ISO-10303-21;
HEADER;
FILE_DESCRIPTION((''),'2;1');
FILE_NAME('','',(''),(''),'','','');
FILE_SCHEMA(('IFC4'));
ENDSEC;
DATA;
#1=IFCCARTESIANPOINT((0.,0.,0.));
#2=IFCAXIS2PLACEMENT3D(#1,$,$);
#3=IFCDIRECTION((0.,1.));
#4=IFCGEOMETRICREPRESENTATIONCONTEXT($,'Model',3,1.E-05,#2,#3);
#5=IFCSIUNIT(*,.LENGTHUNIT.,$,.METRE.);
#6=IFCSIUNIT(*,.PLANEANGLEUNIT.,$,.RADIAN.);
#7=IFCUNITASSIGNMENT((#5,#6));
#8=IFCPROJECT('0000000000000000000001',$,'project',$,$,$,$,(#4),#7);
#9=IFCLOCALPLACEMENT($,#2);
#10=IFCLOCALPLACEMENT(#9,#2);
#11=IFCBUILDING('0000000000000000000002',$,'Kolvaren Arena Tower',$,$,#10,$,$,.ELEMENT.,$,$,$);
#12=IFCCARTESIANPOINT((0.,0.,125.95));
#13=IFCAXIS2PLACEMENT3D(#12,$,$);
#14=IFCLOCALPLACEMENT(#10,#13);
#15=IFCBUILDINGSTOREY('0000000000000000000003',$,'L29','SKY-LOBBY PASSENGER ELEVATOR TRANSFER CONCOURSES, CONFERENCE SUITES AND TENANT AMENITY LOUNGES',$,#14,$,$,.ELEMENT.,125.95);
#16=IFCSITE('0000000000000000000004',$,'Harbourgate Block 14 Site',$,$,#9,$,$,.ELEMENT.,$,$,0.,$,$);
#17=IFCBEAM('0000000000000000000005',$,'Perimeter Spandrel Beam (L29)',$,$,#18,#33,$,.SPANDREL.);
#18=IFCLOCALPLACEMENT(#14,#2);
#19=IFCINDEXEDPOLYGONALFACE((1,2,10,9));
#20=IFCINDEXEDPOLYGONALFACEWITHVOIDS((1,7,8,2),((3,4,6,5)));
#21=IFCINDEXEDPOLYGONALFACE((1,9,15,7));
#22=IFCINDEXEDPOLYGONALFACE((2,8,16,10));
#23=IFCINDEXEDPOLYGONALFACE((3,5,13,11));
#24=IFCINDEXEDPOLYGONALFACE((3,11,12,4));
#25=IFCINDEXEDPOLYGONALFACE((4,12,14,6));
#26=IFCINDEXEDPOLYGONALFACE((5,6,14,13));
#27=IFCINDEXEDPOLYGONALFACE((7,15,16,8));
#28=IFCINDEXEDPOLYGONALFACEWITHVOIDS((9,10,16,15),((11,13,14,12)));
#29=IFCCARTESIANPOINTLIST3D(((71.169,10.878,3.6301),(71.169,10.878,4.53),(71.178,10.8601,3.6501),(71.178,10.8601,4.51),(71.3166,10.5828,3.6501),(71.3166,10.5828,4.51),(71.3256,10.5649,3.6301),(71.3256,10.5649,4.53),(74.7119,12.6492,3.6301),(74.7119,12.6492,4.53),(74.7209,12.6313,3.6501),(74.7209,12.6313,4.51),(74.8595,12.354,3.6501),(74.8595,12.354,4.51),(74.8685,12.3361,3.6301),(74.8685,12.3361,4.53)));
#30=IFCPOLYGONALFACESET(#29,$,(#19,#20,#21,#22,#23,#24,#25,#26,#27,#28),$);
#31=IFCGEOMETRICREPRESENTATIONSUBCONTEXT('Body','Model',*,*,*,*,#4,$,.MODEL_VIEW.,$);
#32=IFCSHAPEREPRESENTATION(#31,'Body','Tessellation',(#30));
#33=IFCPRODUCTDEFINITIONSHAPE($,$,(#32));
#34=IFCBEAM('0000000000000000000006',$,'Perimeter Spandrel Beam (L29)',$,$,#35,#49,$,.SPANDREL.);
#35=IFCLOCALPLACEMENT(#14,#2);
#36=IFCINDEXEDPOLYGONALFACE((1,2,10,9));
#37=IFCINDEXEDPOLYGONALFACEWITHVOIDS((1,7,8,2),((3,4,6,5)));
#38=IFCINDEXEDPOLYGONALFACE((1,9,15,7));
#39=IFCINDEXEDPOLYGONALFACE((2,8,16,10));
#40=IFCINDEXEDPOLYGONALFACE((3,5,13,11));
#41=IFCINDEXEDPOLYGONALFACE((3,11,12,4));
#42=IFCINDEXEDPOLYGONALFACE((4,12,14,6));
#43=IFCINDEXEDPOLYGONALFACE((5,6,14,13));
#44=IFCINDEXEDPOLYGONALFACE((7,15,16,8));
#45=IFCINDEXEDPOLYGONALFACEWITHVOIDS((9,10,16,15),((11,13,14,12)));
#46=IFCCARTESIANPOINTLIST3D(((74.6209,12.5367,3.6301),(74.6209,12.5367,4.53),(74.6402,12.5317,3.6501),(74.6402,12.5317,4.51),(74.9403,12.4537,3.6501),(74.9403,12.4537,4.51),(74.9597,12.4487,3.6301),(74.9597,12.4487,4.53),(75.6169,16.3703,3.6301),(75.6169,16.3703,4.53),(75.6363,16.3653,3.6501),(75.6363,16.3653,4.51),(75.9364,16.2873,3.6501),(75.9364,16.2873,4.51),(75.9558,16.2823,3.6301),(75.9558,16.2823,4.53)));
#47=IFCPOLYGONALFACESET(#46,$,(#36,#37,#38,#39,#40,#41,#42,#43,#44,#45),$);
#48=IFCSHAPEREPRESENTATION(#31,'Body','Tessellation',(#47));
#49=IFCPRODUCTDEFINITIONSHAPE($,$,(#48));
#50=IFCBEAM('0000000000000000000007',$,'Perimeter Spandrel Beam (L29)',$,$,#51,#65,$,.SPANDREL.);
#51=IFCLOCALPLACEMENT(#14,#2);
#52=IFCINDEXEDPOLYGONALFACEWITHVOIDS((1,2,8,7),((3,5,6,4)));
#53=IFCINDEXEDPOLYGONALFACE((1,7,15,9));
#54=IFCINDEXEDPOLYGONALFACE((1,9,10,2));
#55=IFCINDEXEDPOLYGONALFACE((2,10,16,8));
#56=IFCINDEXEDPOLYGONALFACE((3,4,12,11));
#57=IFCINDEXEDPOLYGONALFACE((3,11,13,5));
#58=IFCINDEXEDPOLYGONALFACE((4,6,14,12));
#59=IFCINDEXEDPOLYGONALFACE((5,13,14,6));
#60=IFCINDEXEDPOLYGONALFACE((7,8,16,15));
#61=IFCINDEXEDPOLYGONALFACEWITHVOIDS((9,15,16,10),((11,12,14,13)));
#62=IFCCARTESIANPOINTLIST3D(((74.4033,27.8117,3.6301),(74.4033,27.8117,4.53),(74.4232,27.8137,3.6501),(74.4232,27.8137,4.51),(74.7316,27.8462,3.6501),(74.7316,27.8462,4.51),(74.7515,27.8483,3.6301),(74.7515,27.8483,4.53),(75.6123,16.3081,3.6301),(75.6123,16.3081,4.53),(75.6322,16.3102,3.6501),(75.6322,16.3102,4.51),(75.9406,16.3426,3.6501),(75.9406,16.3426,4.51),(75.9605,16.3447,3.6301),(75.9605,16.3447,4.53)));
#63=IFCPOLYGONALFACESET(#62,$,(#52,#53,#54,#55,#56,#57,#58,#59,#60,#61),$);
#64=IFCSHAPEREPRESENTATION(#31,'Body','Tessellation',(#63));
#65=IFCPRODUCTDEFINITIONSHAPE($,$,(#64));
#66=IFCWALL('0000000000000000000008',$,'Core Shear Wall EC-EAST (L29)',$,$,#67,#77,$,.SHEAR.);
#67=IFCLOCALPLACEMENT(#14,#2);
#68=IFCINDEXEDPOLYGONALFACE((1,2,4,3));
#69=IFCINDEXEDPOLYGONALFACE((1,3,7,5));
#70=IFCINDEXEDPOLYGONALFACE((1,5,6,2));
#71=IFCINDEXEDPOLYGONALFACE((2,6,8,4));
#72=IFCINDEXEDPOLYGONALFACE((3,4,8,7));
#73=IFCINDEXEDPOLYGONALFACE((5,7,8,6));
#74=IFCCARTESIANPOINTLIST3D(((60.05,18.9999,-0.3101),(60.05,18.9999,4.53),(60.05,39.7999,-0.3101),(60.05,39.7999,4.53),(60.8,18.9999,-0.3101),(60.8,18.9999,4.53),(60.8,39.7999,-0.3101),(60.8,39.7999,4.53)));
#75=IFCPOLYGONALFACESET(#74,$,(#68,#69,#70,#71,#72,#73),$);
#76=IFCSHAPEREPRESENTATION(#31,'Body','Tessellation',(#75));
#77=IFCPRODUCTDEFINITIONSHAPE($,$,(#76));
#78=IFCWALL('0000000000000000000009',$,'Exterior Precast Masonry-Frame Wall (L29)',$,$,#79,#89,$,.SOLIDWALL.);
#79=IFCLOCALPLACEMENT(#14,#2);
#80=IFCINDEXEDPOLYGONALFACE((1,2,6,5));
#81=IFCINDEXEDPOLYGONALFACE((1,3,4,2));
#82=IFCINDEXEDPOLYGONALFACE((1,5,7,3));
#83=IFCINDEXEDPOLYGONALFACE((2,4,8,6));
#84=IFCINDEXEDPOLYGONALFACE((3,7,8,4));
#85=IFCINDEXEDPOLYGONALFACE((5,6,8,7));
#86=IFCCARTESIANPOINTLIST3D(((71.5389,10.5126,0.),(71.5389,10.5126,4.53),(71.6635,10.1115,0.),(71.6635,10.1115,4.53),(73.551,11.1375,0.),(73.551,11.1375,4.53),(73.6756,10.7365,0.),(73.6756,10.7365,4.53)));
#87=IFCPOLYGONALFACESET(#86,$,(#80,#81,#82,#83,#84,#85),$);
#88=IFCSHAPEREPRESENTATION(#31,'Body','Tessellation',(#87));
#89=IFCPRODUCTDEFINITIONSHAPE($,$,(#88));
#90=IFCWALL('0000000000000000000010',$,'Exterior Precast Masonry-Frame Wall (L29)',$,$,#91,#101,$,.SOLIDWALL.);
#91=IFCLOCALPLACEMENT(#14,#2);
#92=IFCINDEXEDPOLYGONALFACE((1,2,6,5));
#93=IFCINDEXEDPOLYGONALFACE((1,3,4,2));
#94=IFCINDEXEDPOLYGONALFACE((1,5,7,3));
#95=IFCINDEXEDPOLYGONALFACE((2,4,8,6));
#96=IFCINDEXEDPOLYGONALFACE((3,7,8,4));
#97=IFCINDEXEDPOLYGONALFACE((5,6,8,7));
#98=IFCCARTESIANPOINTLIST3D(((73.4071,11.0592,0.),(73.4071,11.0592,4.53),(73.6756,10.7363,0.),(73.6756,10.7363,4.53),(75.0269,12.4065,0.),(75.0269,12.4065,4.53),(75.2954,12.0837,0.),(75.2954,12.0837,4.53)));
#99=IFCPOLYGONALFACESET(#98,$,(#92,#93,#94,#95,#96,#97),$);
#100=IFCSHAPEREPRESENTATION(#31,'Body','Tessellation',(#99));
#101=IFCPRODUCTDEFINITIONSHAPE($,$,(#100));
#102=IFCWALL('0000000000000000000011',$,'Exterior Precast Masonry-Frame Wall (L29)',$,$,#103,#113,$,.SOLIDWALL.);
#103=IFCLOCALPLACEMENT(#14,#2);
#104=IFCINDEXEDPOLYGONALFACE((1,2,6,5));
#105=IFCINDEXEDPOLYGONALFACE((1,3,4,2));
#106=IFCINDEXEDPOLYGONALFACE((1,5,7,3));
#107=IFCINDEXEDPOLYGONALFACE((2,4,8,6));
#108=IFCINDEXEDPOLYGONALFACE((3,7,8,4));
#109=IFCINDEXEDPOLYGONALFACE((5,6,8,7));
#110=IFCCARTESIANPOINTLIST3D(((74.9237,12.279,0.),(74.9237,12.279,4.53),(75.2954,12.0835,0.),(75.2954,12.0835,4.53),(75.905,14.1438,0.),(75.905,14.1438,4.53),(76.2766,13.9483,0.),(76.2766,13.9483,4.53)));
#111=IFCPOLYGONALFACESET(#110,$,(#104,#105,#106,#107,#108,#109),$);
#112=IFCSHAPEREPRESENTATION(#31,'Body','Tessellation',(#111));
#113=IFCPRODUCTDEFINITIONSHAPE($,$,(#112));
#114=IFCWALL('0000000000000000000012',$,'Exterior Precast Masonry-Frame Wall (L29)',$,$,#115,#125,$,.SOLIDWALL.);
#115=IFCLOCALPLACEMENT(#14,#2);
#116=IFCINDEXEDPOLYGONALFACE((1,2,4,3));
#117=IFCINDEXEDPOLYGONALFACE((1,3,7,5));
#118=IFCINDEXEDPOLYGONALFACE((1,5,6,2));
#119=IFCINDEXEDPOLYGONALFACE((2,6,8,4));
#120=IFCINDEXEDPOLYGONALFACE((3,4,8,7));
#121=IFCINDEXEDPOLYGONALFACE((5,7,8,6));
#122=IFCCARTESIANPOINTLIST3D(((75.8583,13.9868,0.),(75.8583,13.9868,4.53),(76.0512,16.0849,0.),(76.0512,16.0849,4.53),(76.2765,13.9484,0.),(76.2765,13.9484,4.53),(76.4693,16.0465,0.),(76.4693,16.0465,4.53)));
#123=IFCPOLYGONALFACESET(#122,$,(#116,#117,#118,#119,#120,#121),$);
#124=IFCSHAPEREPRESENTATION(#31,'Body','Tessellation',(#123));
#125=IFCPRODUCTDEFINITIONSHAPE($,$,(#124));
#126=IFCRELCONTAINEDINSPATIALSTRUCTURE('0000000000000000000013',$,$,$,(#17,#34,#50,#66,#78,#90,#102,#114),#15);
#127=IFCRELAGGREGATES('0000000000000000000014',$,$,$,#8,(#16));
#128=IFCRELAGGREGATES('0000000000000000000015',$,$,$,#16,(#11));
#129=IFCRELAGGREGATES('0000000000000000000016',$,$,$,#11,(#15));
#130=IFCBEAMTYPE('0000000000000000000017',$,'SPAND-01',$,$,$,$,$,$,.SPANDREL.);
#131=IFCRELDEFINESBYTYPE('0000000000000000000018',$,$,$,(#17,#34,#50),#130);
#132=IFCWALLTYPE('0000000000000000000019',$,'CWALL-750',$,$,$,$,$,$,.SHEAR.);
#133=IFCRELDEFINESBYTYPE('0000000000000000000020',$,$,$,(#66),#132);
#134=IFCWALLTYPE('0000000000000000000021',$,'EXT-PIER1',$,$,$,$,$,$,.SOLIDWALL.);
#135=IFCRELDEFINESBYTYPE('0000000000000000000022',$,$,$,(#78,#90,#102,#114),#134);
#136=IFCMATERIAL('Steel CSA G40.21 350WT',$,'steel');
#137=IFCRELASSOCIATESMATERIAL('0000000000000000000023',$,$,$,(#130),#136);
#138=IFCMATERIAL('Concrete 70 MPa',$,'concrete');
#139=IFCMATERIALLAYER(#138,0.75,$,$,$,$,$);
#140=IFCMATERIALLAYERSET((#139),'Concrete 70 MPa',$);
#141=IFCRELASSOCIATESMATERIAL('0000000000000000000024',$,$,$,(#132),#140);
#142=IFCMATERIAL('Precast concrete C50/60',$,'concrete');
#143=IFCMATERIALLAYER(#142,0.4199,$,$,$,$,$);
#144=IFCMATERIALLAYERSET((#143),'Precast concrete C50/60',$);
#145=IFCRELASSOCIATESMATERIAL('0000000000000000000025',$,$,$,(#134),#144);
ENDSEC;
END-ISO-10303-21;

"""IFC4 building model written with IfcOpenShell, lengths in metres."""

from ifc_helpers import new_model, si_unit, direction, frame, frame_2d, origin, origin_2d, place, context, subcontext, project, spatial, rectangle, hollow_rectangle, extrude, material, layer, layer_set, material_profile, profile_set, type_object, element, save


model = new_model("IFC4")

# Units and contexts
model_context = context("Model", 3, precision=1e-05, world=origin(), true_north=direction((0.0, 1.0)))
body_context = subcontext(model_context, "Body", "Model", "MODEL_VIEW")
ifc_project = project(units=[si_unit("LENGTHUNIT", "METRE"), si_unit("PLANEANGLEUNIT", "RADIAN")], contexts=[model_context])

# Site, building, storey
site_placement = place(None, origin())
site = spatial("IfcSite", under=ifc_project, at=site_placement, Name="Harbourgate Block 14 Site", CompositionType="ELEMENT", RefElevation=0.0)
building_placement = place(site_placement, origin())
building = spatial("IfcBuilding", under=site, at=building_placement, Name="Kolvaren Arena Tower", CompositionType="ELEMENT")
storey_placement = place(building_placement, frame((0.0, 0.0, 125.95)))
storey = spatial("IfcBuildingStorey", under=building, at=storey_placement, Name="L29", Description="SKY-LOBBY PASSENGER ELEVATOR TRANSFER CONCOURSES, CONFERENCE SUITES AND TENANT AMENITY LOUNGES", CompositionType="ELEMENT", Elevation=125.95)

# Beams
ifc_material_1 = material(Name="Steel CSA G40.21 350WT", Category="steel")
ifc_material_profile_1 = material_profile(ifc_material_1, hollow_rectangle(XDim=0.3501, YDim=0.8999, WallThickness=0.02, at=origin_2d()), Name="HSS 900x350x20")
ifc_profile_set_1 = profile_set([ifc_material_profile_1], Name="Steel CSA G40.21 350WT")
beam_type_1 = type_object("IfcBeamType", Name="SPAND-01", PredefinedType="SPANDREL", material=ifc_profile_set_1)
for number, where, z_axis, x_axis, name in (
    (1, (71.2473, 10.7214, 4.0801), (0.894452, 0.447164, 0.0), (-0.447164, 0.894452, 0.0), "Perimeter Spandrel Beam (L29)"),
    (2, (74.7903, 12.4927, 4.0801), (0.251473, 0.967864, 0.0), (-0.967864, 0.251473, 0.0), "Perimeter Spandrel Beam (L29)"),
):
    element("IfcBeam", number, at=place(storey_placement, frame(where, z_axis=z_axis, x_axis=x_axis)), inside=storey, type_object=beam_type_1, Name=name, PredefinedType="SPANDREL", context=body_context, shape_type="SweptSolid", body=[
        extrude(hollow_rectangle(XDim=0.3501, YDim=0.8999, WallThickness=0.02, at=origin_2d()), origin(), (0.0, 0.0, 1.0), 3.9609),
    ])
beam_1_placement = place(storey_placement, frame((75.7864, 16.3264, 4.0801), z_axis=(-0.104522, 0.994523, 0.0), x_axis=(-0.994523, -0.104522, 0.0)))
element("IfcBeam", 3, at=beam_1_placement, inside=storey, type_object=beam_type_1, Name="Perimeter Spandrel Beam (L29)", PredefinedType="SPANDREL", context=body_context, shape_type="SweptSolid", body=[
    extrude(hollow_rectangle(XDim=0.3501, YDim=0.8999, WallThickness=0.02, at=origin_2d()), origin(), (0.0, 0.0, 1.0), 11.5669),
])

# Walls
ifc_material_2 = material(Name="Concrete 70 MPa", Category="concrete")
ifc_layer_1 = layer(ifc_material_2, 0.75)
ifc_layer_set_1 = layer_set([ifc_layer_1], Name="Concrete 70 MPa")
wall_type_1 = type_object("IfcWallType", Name="CWALL-750", PredefinedType="SHEAR", material=ifc_layer_set_1)
wall_1_placement = place(storey_placement, frame((60.425, 19.0, -0.3101), z_axis=(0.0, 0.0, 1.0), x_axis=(0.0, 1.0, 0.0)))
element("IfcWall", 4, at=wall_1_placement, inside=storey, type_object=wall_type_1, Name="Core Shear Wall EC-EAST (L29)", PredefinedType="SHEAR", context=body_context, shape_type="SweptSolid", body=[
    extrude(rectangle(XDim=20.8, YDim=0.75, at=frame_2d((10.3999, 0.0))), origin(), (0.0, 0.0, 1.0), 4.8401),
])
ifc_material_3 = material(Name="Precast concrete C50/60", Category="concrete")
ifc_layer_2 = layer(ifc_material_3, 0.4199)
ifc_layer_set_2 = layer_set([ifc_layer_2], Name="Precast concrete C50/60")
wall_type_2 = type_object("IfcWallType", Name="EXT-PIER1", PredefinedType="SOLIDWALL", material=ifc_layer_set_2)
for number, where, z_axis, x_axis, name in (
    (5, (73.6133, 10.937, 0.0), (0.0, 0.0, 1.0), (-0.954994, -0.296625, 0.0), "Exterior Precast Masonry-Frame Wall (L29)"),
    (6, (75.1611, 12.2451, 0.0), (0.0, 0.0, 1.0), (-0.7688, -0.639489, 0.0), "Exterior Precast Masonry-Frame Wall (L29)"),
):
    element("IfcWall", number, at=place(storey_placement, frame(where, z_axis=z_axis, x_axis=x_axis)), inside=storey, type_object=wall_type_2, Name=name, PredefinedType="SOLIDWALL", context=body_context, shape_type="SweptSolid", body=[
        extrude(rectangle(XDim=2.1069, YDim=0.4199, at=frame_2d((1.0535, 0.0))), origin(), (0.0, 0.0, 1.0), 4.53),
    ])
wall_2_placement = place(storey_placement, frame((76.0908, 14.0461, 0.0), z_axis=(0.0, 0.0, 1.0), x_axis=(-0.465656, -0.884966, 0.0)))
element("IfcWall", 7, at=wall_2_placement, inside=storey, type_object=wall_type_2, Name="Exterior Precast Masonry-Frame Wall (L29)", PredefinedType="SOLIDWALL", context=body_context, shape_type="SweptSolid", body=[
    extrude(rectangle(XDim=2.1072, YDim=0.4199, at=frame_2d((1.0537, 0.0))), origin(), (0.0, 0.0, 1.0), 4.53),
])
wall_3_placement = place(storey_placement, frame((76.2603, 16.0657, 0.0), z_axis=(0.0, 0.0, 1.0), x_axis=(-0.091539, -0.995802, 0.0)))
element("IfcWall", 8, at=wall_3_placement, inside=storey, type_object=wall_type_2, Name="Exterior Precast Masonry-Frame Wall (L29)", PredefinedType="SOLIDWALL", context=body_context, shape_type="SweptSolid", body=[
    extrude(rectangle(XDim=2.1069, YDim=0.4199, at=frame_2d((1.0535, 0.0))), origin(), (0.0, 0.0, 1.0), 4.53),
])

save(model, "model.ifc")
